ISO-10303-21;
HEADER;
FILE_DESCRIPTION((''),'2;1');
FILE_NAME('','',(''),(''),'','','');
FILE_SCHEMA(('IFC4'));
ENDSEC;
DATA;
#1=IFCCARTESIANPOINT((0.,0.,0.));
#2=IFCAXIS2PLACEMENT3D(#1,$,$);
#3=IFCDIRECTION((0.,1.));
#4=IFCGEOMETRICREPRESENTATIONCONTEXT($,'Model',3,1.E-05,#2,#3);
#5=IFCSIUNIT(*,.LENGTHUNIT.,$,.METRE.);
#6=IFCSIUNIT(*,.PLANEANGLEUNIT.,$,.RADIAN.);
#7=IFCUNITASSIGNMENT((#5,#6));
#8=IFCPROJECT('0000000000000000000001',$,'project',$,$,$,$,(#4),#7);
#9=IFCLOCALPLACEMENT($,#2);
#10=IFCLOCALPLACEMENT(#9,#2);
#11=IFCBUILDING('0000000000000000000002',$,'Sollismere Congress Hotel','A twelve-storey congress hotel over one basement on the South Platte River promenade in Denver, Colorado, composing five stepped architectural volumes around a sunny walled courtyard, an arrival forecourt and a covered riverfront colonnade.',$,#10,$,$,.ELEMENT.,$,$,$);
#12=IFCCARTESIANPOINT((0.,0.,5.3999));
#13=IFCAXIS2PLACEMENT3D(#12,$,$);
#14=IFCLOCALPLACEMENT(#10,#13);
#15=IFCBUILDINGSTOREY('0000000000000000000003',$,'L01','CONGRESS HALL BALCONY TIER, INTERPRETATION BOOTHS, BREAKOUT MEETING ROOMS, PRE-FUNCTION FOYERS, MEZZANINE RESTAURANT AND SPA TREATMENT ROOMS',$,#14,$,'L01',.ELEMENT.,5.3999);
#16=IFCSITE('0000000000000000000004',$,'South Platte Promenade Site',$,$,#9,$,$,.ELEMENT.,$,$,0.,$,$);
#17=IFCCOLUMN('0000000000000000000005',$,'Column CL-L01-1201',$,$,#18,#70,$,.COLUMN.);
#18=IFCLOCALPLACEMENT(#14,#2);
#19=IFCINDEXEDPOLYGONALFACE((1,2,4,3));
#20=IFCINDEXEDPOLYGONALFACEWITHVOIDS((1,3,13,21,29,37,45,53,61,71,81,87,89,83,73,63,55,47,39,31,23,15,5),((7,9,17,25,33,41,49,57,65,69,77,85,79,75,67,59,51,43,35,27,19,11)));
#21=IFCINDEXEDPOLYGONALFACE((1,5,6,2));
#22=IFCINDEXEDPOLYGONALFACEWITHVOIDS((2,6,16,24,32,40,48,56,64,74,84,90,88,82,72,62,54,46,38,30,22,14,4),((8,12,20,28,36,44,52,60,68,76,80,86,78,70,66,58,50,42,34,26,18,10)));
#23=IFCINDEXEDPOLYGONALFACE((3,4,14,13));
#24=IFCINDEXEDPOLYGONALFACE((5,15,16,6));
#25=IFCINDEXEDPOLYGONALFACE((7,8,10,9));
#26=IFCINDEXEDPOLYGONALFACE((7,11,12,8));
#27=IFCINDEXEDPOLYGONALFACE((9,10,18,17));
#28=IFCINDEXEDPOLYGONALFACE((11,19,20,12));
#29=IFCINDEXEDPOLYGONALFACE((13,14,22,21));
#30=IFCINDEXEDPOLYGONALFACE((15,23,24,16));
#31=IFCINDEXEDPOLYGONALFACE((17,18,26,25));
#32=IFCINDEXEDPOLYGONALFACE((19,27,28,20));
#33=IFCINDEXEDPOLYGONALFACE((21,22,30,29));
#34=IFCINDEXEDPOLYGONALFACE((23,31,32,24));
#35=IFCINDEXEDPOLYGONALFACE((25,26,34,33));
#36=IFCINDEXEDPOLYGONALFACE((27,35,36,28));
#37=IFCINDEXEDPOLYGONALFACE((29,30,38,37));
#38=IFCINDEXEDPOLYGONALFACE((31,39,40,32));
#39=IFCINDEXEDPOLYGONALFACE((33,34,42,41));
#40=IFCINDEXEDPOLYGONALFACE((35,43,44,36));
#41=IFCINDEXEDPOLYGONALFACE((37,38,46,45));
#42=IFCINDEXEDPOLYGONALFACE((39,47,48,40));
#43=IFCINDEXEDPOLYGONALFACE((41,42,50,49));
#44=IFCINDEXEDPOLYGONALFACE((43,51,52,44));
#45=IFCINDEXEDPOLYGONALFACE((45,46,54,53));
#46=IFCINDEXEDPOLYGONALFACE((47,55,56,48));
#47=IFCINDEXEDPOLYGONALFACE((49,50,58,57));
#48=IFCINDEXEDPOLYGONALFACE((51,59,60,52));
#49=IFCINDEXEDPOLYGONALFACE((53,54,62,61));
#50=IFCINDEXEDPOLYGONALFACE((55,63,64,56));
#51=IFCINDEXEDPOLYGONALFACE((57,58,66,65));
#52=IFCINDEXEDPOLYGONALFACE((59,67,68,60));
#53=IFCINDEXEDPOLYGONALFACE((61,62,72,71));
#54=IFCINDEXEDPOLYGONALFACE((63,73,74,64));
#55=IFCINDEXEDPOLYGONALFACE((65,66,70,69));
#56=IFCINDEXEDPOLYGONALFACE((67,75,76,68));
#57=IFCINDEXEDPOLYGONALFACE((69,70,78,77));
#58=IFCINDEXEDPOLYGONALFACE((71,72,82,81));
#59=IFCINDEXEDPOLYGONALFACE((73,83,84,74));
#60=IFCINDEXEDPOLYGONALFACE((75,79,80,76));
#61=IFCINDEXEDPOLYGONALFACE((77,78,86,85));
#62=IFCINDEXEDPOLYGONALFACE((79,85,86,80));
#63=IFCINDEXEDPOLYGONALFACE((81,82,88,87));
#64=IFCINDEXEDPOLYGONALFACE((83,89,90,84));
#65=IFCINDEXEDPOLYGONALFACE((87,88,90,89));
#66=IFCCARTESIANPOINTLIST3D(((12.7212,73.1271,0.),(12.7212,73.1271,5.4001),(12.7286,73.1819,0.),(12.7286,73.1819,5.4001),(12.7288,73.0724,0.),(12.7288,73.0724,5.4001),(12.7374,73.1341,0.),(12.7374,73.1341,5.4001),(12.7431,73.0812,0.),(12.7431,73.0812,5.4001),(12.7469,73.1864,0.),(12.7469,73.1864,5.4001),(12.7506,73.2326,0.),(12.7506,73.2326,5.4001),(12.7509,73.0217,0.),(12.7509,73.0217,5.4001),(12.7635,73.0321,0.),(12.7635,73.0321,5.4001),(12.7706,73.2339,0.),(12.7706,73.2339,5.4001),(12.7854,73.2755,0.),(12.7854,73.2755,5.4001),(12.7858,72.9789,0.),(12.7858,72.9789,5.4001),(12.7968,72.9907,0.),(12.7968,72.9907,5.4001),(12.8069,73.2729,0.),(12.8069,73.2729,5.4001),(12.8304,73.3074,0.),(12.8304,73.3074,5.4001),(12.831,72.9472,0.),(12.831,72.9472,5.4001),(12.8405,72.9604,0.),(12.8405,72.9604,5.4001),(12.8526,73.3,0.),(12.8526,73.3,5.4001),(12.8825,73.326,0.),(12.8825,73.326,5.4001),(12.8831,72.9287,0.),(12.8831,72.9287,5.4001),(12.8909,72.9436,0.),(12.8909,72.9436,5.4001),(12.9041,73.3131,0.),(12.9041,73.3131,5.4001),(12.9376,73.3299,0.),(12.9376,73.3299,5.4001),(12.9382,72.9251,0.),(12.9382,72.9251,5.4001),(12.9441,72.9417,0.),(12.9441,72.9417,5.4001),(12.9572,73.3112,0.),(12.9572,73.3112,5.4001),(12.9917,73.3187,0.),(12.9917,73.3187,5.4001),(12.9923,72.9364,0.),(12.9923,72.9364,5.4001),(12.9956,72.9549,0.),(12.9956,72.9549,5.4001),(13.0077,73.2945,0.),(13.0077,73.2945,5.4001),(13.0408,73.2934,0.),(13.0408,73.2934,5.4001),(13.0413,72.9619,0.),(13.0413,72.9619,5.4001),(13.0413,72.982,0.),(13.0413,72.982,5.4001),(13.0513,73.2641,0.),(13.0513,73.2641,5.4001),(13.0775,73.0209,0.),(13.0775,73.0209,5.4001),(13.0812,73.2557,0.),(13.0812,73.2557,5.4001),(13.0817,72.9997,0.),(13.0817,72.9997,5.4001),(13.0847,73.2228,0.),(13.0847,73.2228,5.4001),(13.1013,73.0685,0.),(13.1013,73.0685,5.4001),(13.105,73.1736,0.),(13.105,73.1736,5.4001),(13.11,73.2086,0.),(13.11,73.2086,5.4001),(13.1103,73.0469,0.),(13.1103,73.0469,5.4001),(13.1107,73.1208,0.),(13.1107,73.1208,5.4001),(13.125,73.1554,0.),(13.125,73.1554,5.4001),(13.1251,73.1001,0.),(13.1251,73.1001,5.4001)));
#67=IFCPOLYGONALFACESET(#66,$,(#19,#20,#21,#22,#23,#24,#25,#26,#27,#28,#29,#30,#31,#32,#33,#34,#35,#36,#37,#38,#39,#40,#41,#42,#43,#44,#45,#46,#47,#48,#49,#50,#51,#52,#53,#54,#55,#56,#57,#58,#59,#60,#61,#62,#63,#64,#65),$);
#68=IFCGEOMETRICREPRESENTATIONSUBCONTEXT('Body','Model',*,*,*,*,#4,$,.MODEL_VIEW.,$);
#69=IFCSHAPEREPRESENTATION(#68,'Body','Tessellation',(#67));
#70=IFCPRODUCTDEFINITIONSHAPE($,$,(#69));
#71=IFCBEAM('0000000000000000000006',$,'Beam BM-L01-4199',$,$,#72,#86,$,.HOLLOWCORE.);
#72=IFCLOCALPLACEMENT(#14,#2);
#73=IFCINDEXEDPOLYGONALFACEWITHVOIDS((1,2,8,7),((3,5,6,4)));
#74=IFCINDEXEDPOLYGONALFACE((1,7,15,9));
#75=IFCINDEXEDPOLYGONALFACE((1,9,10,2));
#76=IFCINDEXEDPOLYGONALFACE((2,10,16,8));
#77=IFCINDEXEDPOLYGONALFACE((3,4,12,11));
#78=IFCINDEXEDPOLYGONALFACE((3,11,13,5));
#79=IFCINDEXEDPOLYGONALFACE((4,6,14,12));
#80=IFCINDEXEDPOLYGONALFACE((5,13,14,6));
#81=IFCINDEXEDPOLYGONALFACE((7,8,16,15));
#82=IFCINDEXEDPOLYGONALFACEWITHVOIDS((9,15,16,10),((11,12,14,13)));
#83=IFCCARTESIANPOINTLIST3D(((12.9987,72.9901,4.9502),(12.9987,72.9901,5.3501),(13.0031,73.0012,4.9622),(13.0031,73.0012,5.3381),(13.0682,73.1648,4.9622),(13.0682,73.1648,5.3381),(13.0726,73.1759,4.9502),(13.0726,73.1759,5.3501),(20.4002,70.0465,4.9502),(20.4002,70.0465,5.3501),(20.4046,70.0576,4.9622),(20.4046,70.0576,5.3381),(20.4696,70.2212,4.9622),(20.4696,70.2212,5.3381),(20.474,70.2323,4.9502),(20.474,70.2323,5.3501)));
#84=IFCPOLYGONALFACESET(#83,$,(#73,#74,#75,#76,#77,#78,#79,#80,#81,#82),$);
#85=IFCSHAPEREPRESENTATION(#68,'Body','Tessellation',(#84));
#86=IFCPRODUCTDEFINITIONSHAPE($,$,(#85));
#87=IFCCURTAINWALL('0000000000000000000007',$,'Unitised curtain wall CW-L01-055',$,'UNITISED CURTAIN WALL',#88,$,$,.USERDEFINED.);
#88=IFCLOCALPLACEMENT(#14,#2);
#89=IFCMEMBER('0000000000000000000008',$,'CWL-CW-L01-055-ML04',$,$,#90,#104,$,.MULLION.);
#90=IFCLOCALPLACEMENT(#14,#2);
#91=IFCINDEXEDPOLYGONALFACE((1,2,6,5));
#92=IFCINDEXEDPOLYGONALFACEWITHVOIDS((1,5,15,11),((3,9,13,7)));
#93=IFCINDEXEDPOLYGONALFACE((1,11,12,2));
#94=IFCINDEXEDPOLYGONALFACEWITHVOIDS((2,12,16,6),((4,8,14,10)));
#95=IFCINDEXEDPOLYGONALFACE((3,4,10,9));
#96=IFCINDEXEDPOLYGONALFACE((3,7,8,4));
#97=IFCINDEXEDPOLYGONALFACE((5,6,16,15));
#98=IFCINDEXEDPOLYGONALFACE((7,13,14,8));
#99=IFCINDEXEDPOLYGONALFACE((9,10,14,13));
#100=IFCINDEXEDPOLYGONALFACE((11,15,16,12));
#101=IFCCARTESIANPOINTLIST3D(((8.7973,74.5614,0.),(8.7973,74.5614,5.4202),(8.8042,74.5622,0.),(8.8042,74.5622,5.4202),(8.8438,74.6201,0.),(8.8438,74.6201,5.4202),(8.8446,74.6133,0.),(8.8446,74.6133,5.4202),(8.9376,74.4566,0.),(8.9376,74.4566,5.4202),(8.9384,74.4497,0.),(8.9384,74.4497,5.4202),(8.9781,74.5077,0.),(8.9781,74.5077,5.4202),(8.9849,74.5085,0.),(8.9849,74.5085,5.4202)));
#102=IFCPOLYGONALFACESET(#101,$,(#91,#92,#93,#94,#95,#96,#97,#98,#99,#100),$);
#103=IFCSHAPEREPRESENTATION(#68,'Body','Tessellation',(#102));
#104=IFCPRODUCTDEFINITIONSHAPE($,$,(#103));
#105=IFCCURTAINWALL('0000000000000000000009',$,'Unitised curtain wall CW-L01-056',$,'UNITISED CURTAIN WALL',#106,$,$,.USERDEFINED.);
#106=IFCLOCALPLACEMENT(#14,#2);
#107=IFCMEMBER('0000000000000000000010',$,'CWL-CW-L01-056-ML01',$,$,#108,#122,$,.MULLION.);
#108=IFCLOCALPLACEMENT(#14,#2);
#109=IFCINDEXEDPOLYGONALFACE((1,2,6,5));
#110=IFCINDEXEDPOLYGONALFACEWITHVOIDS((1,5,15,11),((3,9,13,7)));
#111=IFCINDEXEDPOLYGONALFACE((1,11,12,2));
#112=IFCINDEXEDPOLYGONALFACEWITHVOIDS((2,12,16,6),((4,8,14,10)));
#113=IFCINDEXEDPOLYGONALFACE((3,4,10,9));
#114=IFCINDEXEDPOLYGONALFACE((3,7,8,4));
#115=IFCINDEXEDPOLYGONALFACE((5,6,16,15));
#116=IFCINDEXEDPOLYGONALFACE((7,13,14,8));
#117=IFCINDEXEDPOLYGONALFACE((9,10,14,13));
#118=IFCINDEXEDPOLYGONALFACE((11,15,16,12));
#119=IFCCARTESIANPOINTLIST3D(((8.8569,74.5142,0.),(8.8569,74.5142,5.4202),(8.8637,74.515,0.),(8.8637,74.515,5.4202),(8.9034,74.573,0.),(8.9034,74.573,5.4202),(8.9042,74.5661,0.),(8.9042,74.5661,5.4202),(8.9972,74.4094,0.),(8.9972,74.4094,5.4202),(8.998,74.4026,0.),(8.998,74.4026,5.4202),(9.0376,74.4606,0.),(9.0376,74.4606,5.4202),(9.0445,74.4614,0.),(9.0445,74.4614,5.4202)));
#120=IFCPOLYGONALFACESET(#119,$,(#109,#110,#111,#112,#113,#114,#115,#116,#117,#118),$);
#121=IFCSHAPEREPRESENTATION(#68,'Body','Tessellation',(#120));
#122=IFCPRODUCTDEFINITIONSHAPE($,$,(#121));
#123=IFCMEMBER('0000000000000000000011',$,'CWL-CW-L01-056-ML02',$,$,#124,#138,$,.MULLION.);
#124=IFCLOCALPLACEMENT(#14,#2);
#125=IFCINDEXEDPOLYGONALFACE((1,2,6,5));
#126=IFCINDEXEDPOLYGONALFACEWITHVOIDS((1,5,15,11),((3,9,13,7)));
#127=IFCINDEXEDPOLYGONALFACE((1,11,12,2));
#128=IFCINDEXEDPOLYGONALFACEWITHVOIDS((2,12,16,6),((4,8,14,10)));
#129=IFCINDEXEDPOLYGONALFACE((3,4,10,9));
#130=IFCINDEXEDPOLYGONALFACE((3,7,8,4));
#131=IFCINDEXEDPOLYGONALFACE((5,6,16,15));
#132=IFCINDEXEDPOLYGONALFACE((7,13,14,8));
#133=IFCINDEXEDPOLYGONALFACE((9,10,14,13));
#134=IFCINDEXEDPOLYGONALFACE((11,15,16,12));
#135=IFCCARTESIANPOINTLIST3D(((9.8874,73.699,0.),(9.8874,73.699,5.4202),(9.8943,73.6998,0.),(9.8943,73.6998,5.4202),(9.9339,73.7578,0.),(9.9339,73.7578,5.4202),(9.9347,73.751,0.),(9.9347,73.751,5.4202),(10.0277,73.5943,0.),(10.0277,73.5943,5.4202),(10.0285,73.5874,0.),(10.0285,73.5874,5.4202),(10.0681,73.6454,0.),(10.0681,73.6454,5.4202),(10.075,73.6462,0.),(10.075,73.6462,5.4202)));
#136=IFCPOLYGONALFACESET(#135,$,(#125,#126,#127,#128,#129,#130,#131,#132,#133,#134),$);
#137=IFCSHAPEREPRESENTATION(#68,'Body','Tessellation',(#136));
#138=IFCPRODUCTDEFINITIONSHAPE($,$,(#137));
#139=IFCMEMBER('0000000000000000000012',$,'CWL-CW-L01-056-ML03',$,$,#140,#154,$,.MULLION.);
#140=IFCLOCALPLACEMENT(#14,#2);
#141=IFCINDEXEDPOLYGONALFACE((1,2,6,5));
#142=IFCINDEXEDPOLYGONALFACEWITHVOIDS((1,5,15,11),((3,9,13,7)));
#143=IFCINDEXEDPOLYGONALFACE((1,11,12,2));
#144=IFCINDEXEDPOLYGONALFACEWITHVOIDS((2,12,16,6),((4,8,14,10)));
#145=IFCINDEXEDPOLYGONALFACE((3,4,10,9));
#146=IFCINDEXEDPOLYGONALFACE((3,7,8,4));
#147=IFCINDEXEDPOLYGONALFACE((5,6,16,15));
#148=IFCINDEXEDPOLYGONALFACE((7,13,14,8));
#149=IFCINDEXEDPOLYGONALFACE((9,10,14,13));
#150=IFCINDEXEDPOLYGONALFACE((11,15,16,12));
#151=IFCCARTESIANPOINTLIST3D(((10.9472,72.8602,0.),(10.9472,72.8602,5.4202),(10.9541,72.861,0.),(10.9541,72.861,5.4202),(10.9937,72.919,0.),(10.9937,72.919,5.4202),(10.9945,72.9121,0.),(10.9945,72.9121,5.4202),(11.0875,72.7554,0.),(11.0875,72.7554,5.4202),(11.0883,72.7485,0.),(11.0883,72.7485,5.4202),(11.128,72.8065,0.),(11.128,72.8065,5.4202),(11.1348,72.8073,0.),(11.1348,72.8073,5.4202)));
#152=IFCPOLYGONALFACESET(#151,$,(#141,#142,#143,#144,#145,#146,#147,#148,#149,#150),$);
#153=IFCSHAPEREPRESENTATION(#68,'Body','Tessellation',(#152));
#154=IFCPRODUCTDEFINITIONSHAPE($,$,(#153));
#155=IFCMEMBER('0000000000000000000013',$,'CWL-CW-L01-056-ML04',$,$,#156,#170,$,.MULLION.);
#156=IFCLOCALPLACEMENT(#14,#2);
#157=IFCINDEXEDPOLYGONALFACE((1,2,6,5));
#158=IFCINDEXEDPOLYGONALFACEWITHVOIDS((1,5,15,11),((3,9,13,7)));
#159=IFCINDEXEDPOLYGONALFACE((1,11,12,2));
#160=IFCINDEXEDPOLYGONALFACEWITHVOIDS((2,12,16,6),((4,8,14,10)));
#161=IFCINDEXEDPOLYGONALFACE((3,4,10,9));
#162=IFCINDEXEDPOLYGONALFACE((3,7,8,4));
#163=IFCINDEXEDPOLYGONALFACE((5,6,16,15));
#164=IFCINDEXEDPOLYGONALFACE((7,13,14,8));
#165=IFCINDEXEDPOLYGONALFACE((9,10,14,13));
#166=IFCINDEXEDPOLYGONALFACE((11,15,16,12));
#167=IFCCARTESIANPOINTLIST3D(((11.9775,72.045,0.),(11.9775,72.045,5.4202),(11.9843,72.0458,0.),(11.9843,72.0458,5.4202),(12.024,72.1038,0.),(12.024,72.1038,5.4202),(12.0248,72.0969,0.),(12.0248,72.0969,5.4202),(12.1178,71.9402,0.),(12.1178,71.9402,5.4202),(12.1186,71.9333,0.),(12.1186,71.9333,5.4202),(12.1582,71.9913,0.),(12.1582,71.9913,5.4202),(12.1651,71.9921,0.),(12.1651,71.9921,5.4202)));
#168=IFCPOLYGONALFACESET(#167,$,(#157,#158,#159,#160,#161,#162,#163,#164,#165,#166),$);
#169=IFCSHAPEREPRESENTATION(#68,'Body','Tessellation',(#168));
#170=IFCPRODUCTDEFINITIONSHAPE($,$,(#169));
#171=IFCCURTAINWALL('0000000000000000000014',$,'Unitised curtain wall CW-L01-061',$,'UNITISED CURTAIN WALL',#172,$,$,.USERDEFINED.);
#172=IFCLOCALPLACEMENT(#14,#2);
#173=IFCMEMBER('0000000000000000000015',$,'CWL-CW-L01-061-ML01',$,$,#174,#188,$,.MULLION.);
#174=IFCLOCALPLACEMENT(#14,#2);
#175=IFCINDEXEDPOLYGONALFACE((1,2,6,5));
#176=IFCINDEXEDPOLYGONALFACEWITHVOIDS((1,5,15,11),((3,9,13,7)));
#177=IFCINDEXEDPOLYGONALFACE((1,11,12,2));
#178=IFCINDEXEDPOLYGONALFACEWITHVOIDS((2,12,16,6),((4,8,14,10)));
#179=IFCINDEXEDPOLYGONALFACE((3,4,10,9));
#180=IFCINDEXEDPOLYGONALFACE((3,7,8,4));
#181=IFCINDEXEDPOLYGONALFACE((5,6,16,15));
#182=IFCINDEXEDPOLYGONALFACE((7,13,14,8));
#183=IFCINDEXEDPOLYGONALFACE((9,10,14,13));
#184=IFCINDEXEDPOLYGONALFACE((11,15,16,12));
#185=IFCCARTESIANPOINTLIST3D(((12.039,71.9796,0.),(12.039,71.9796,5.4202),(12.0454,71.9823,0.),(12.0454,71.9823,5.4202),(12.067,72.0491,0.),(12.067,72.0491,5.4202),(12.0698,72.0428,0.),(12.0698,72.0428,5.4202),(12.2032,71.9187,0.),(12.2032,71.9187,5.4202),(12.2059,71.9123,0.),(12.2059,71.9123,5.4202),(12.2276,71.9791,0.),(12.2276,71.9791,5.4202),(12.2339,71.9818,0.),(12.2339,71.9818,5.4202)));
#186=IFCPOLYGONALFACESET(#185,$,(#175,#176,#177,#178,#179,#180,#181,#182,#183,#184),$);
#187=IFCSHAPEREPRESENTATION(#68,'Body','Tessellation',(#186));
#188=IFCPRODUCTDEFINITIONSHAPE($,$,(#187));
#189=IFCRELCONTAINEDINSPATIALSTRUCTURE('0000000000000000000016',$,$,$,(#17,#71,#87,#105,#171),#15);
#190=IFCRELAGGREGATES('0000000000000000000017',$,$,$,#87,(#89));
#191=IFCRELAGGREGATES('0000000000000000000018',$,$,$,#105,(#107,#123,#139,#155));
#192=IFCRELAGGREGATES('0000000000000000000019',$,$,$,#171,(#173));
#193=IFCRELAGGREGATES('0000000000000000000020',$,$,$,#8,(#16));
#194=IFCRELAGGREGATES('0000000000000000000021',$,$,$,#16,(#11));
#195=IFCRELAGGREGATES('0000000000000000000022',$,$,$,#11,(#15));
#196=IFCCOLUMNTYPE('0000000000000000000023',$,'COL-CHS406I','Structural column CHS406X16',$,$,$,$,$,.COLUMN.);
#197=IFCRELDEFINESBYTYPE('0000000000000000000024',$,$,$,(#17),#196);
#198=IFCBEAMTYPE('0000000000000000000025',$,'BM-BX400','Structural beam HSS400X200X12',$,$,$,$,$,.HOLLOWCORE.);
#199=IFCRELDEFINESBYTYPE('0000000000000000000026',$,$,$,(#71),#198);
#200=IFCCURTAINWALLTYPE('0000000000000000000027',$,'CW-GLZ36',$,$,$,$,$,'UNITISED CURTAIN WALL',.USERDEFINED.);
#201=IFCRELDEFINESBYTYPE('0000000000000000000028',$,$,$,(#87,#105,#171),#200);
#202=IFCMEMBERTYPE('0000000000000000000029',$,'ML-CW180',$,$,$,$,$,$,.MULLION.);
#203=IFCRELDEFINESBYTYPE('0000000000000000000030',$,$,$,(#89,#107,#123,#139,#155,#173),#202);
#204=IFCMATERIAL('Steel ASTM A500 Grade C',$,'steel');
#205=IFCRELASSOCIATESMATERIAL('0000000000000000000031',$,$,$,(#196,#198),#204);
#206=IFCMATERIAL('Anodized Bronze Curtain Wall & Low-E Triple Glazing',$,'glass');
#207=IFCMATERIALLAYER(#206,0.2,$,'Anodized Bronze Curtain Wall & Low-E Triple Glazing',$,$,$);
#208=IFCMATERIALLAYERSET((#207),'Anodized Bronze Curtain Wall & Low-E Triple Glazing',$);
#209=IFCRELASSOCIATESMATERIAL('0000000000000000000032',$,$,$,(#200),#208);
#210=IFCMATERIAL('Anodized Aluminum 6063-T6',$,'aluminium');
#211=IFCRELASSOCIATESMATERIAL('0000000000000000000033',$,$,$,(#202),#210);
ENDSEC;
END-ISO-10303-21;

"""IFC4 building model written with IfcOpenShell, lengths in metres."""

from ifc_helpers import new_model, si_unit, direction, frame, origin, origin_2d, place, context, subcontext, project, spatial, hollow_rectangle, hollow_circle, extrude, material, layer, layer_set, material_profile, profile_set, type_object, element, aggregate, save


model = new_model("IFC4")

# Units and contexts
model_context = context("Model", 3, precision=1e-05, world=origin(), true_north=direction((0.0, 1.0)))
body_context = subcontext(model_context, "Body", "Model", "MODEL_VIEW")
ifc_project = project(units=[si_unit("LENGTHUNIT", "METRE"), si_unit("PLANEANGLEUNIT", "RADIAN")], contexts=[model_context])

# Site, building, storey
site_placement = place(None, origin())
site = spatial("IfcSite", under=ifc_project, at=site_placement, Name="South Platte Promenade Site", CompositionType="ELEMENT", RefElevation=0.0)
building_placement = place(site_placement, origin())
building = spatial("IfcBuilding", under=site, at=building_placement, Name="Sollismere Congress Hotel", Description="A twelve-storey congress hotel over one basement on the South Platte River promenade in Denver, Colorado, composing five stepped architectural volumes around a sunny walled courtyard, an arrival forecourt and a covered riverfront colonnade.", CompositionType="ELEMENT")
storey_placement = place(building_placement, frame((0.0, 0.0, 5.3999)))
storey = spatial("IfcBuildingStorey", under=building, at=storey_placement, Name="L01", Description="CONGRESS HALL BALCONY TIER, INTERPRETATION BOOTHS, BREAKOUT MEETING ROOMS, PRE-FUNCTION FOYERS, MEZZANINE RESTAURANT AND SPA TREATMENT ROOMS", LongName="L01", CompositionType="ELEMENT", Elevation=5.3999)

# Column
ifc_material_1 = material(Name="Steel ASTM A500 Grade C", Category="steel")
ifc_material_profile_1 = material_profile(ifc_material_1, hollow_circle(Radius=0.2029, WallThickness=0.0161, at=origin_2d()), Name="CHS406X16")
ifc_profile_set_1 = profile_set([ifc_material_profile_1], Name="Steel ASTM A500 Grade C")
column_type = type_object("IfcColumnType", Name="COL-CHS406I", Description="Structural column CHS406X16", PredefinedType="COLUMN", material=ifc_profile_set_1)
column_placement = place(storey_placement, frame((12.9241, 73.1274, 0.0), z_axis=(0.0, 0.0, 1.0), x_axis=(-0.68136, -0.731949, 0.0)))
element("IfcColumn", 1, at=column_placement, inside=storey, type_object=column_type, Name="Column CL-L01-1201", PredefinedType="COLUMN", context=body_context, shape_type="SweptSolid", body=[
    extrude(hollow_circle(Radius=0.2029, WallThickness=0.0161, at=origin_2d()), origin(), (0.0, 0.0, 1.0), 5.4001),
])

# Beam
ifc_material_profile_2 = material_profile(ifc_material_1, hollow_rectangle(XDim=0.2, YDim=0.3999, WallThickness=0.012, at=origin_2d()), Name="HSS400X200X12")
ifc_profile_set_2 = profile_set([ifc_material_profile_2], Name="Steel ASTM A500 Grade C")
beam_type = type_object("IfcBeamType", Name="BM-BX400", Description="Structural beam HSS400X200X12", PredefinedType="HOLLOWCORE", material=ifc_profile_set_2)
beam_placement = place(storey_placement, frame((13.0356, 73.083, 5.1501), z_axis=(0.929208, -0.369556, 0.0), x_axis=(0.369556, 0.929208, 0.0)))
element("IfcBeam", 2, at=beam_placement, inside=storey, type_object=beam_type, Name="Beam BM-L01-4199", PredefinedType="HOLLOWCORE", context=body_context, shape_type="SweptSolid", body=[
    extrude(hollow_rectangle(XDim=0.2, YDim=0.3999, WallThickness=0.012, at=origin_2d()), origin(), (0.0, 0.0, 1.0), 7.9653),
])

# Curtain wall, member
ifc_material_2 = material(Name="Anodized Bronze Curtain Wall & Low-E Triple Glazing", Category="glass")
ifc_layer_1 = layer(ifc_material_2, 0.2, Name="Anodized Bronze Curtain Wall & Low-E Triple Glazing")
ifc_layer_set_1 = layer_set([ifc_layer_1], Name="Anodized Bronze Curtain Wall & Low-E Triple Glazing")
curtain_wall_type = type_object("IfcCurtainWallType", Name="CW-GLZ36", ElementType="UNITISED CURTAIN WALL", PredefinedType="USERDEFINED", material=ifc_layer_set_1)
curtain_wall_1_placement = place(storey_placement, origin())
curtain_wall_1 = element("IfcCurtainWall", 3, at=curtain_wall_1_placement, inside=storey, type_object=curtain_wall_type, Name="Unitised curtain wall CW-L01-055", ObjectType="UNITISED CURTAIN WALL", PredefinedType="USERDEFINED")
ifc_material_3 = material(Name="Anodized Aluminum 6063-T6", Category="aluminium")
ifc_material_profile_3 = material_profile(ifc_material_3, hollow_rectangle(XDim=0.075, YDim=0.1799, WallThickness=0.0049, at=origin_2d()), Name="ALU180X75X5")
ifc_profile_set_3 = profile_set([ifc_material_profile_3], Name="Anodized Aluminum 6063-T6")
member_type_1 = type_object("IfcMemberType", Name="ML-CW180", PredefinedType="MULLION", material=ifc_profile_set_3)
member_1_placement = place(storey_placement, frame((8.8911, 74.5349, 0.0), z_axis=(0.0, 0.0, 1.0), x_axis=(0.620532, 0.784181, 0.0)))
member_1 = element("IfcMember", 4, at=member_1_placement, type_object=member_type_1, Name="CWL-CW-L01-055-ML04", PredefinedType="MULLION", context=body_context, shape_type="SweptSolid", body=[
    extrude(hollow_rectangle(XDim=0.075, YDim=0.1799, WallThickness=0.0049, at=origin_2d()), origin(), (0.0, 0.0, 1.0), 5.4202),
])
aggregate(curtain_wall_1, [member_1])

# Curtain walls, members
curtain_wall_2_placement = place(storey_placement, origin())
curtain_wall_2 = element("IfcCurtainWall", 5, at=curtain_wall_2_placement, inside=storey, type_object=curtain_wall_type, Name="Unitised curtain wall CW-L01-056", ObjectType="UNITISED CURTAIN WALL", PredefinedType="USERDEFINED")
member_2_placement = place(storey_placement, frame((8.9507, 74.4878, 0.0), z_axis=(0.0, 0.0, 1.0), x_axis=(0.620532, 0.784181, 0.0)))
member_2 = element("IfcMember", 6, at=member_2_placement, type_object=member_type_1, Name="CWL-CW-L01-056-ML01", PredefinedType="MULLION", context=body_context, shape_type="SweptSolid", body=[
    extrude(hollow_rectangle(XDim=0.075, YDim=0.1799, WallThickness=0.0049, at=origin_2d()), origin(), (0.0, 0.0, 1.0), 5.4202),
])
member_3_placement = place(storey_placement, frame((9.9812, 73.6726, 0.0), z_axis=(0.0, 0.0, 1.0), x_axis=(0.620532, 0.784181, 0.0)))
member_3 = element("IfcMember", 7, at=member_3_placement, type_object=member_type_1, Name="CWL-CW-L01-056-ML02", PredefinedType="MULLION", context=body_context, shape_type="SweptSolid", body=[
    extrude(hollow_rectangle(XDim=0.075, YDim=0.1799, WallThickness=0.0049, at=origin_2d()), origin(), (0.0, 0.0, 1.0), 5.4202),
])
member_4_placement = place(storey_placement, frame((11.041, 72.8337, 0.0), z_axis=(0.0, 0.0, 1.0), x_axis=(0.620532, 0.784181, 0.0)))
member_4 = element("IfcMember", 8, at=member_4_placement, type_object=member_type_1, Name="CWL-CW-L01-056-ML03", PredefinedType="MULLION", context=body_context, shape_type="SweptSolid", body=[
    extrude(hollow_rectangle(XDim=0.075, YDim=0.1799, WallThickness=0.0049, at=origin_2d()), origin(), (0.0, 0.0, 1.0), 5.4202),
])
member_5_placement = place(storey_placement, frame((12.0713, 72.0186, 0.0), z_axis=(0.0, 0.0, 1.0), x_axis=(0.620532, 0.784181, 0.0)))
member_5 = element("IfcMember", 9, at=member_5_placement, type_object=member_type_1, Name="CWL-CW-L01-056-ML04", PredefinedType="MULLION", context=body_context, shape_type="SweptSolid", body=[
    extrude(hollow_rectangle(XDim=0.075, YDim=0.1799, WallThickness=0.0049, at=origin_2d()), origin(), (0.0, 0.0, 1.0), 5.4202),
])
curtain_wall_3_placement = place(storey_placement, origin())
curtain_wall_3 = element("IfcCurtainWall", 10, at=curtain_wall_3_placement, inside=storey, type_object=curtain_wall_type, Name="Unitised curtain wall CW-L01-061", ObjectType="UNITISED CURTAIN WALL", PredefinedType="USERDEFINED")
member_6_placement = place(storey_placement, frame((12.1365, 71.9807, 0.0), z_axis=(0.0, 0.0, 1.0), x_axis=(0.373943, 0.927452, 0.0)))
member_6 = element("IfcMember", 11, at=member_6_placement, type_object=member_type_1, Name="CWL-CW-L01-061-ML01", PredefinedType="MULLION", context=body_context, shape_type="SweptSolid", body=[
    extrude(hollow_rectangle(XDim=0.075, YDim=0.1799, WallThickness=0.0049, at=origin_2d()), origin(), (0.0, 0.0, 1.0), 5.4202),
])

aggregate(curtain_wall_2, [member_2, member_3, member_4, member_5])
aggregate(curtain_wall_3, [member_6])

save(model, "model.ifc")
